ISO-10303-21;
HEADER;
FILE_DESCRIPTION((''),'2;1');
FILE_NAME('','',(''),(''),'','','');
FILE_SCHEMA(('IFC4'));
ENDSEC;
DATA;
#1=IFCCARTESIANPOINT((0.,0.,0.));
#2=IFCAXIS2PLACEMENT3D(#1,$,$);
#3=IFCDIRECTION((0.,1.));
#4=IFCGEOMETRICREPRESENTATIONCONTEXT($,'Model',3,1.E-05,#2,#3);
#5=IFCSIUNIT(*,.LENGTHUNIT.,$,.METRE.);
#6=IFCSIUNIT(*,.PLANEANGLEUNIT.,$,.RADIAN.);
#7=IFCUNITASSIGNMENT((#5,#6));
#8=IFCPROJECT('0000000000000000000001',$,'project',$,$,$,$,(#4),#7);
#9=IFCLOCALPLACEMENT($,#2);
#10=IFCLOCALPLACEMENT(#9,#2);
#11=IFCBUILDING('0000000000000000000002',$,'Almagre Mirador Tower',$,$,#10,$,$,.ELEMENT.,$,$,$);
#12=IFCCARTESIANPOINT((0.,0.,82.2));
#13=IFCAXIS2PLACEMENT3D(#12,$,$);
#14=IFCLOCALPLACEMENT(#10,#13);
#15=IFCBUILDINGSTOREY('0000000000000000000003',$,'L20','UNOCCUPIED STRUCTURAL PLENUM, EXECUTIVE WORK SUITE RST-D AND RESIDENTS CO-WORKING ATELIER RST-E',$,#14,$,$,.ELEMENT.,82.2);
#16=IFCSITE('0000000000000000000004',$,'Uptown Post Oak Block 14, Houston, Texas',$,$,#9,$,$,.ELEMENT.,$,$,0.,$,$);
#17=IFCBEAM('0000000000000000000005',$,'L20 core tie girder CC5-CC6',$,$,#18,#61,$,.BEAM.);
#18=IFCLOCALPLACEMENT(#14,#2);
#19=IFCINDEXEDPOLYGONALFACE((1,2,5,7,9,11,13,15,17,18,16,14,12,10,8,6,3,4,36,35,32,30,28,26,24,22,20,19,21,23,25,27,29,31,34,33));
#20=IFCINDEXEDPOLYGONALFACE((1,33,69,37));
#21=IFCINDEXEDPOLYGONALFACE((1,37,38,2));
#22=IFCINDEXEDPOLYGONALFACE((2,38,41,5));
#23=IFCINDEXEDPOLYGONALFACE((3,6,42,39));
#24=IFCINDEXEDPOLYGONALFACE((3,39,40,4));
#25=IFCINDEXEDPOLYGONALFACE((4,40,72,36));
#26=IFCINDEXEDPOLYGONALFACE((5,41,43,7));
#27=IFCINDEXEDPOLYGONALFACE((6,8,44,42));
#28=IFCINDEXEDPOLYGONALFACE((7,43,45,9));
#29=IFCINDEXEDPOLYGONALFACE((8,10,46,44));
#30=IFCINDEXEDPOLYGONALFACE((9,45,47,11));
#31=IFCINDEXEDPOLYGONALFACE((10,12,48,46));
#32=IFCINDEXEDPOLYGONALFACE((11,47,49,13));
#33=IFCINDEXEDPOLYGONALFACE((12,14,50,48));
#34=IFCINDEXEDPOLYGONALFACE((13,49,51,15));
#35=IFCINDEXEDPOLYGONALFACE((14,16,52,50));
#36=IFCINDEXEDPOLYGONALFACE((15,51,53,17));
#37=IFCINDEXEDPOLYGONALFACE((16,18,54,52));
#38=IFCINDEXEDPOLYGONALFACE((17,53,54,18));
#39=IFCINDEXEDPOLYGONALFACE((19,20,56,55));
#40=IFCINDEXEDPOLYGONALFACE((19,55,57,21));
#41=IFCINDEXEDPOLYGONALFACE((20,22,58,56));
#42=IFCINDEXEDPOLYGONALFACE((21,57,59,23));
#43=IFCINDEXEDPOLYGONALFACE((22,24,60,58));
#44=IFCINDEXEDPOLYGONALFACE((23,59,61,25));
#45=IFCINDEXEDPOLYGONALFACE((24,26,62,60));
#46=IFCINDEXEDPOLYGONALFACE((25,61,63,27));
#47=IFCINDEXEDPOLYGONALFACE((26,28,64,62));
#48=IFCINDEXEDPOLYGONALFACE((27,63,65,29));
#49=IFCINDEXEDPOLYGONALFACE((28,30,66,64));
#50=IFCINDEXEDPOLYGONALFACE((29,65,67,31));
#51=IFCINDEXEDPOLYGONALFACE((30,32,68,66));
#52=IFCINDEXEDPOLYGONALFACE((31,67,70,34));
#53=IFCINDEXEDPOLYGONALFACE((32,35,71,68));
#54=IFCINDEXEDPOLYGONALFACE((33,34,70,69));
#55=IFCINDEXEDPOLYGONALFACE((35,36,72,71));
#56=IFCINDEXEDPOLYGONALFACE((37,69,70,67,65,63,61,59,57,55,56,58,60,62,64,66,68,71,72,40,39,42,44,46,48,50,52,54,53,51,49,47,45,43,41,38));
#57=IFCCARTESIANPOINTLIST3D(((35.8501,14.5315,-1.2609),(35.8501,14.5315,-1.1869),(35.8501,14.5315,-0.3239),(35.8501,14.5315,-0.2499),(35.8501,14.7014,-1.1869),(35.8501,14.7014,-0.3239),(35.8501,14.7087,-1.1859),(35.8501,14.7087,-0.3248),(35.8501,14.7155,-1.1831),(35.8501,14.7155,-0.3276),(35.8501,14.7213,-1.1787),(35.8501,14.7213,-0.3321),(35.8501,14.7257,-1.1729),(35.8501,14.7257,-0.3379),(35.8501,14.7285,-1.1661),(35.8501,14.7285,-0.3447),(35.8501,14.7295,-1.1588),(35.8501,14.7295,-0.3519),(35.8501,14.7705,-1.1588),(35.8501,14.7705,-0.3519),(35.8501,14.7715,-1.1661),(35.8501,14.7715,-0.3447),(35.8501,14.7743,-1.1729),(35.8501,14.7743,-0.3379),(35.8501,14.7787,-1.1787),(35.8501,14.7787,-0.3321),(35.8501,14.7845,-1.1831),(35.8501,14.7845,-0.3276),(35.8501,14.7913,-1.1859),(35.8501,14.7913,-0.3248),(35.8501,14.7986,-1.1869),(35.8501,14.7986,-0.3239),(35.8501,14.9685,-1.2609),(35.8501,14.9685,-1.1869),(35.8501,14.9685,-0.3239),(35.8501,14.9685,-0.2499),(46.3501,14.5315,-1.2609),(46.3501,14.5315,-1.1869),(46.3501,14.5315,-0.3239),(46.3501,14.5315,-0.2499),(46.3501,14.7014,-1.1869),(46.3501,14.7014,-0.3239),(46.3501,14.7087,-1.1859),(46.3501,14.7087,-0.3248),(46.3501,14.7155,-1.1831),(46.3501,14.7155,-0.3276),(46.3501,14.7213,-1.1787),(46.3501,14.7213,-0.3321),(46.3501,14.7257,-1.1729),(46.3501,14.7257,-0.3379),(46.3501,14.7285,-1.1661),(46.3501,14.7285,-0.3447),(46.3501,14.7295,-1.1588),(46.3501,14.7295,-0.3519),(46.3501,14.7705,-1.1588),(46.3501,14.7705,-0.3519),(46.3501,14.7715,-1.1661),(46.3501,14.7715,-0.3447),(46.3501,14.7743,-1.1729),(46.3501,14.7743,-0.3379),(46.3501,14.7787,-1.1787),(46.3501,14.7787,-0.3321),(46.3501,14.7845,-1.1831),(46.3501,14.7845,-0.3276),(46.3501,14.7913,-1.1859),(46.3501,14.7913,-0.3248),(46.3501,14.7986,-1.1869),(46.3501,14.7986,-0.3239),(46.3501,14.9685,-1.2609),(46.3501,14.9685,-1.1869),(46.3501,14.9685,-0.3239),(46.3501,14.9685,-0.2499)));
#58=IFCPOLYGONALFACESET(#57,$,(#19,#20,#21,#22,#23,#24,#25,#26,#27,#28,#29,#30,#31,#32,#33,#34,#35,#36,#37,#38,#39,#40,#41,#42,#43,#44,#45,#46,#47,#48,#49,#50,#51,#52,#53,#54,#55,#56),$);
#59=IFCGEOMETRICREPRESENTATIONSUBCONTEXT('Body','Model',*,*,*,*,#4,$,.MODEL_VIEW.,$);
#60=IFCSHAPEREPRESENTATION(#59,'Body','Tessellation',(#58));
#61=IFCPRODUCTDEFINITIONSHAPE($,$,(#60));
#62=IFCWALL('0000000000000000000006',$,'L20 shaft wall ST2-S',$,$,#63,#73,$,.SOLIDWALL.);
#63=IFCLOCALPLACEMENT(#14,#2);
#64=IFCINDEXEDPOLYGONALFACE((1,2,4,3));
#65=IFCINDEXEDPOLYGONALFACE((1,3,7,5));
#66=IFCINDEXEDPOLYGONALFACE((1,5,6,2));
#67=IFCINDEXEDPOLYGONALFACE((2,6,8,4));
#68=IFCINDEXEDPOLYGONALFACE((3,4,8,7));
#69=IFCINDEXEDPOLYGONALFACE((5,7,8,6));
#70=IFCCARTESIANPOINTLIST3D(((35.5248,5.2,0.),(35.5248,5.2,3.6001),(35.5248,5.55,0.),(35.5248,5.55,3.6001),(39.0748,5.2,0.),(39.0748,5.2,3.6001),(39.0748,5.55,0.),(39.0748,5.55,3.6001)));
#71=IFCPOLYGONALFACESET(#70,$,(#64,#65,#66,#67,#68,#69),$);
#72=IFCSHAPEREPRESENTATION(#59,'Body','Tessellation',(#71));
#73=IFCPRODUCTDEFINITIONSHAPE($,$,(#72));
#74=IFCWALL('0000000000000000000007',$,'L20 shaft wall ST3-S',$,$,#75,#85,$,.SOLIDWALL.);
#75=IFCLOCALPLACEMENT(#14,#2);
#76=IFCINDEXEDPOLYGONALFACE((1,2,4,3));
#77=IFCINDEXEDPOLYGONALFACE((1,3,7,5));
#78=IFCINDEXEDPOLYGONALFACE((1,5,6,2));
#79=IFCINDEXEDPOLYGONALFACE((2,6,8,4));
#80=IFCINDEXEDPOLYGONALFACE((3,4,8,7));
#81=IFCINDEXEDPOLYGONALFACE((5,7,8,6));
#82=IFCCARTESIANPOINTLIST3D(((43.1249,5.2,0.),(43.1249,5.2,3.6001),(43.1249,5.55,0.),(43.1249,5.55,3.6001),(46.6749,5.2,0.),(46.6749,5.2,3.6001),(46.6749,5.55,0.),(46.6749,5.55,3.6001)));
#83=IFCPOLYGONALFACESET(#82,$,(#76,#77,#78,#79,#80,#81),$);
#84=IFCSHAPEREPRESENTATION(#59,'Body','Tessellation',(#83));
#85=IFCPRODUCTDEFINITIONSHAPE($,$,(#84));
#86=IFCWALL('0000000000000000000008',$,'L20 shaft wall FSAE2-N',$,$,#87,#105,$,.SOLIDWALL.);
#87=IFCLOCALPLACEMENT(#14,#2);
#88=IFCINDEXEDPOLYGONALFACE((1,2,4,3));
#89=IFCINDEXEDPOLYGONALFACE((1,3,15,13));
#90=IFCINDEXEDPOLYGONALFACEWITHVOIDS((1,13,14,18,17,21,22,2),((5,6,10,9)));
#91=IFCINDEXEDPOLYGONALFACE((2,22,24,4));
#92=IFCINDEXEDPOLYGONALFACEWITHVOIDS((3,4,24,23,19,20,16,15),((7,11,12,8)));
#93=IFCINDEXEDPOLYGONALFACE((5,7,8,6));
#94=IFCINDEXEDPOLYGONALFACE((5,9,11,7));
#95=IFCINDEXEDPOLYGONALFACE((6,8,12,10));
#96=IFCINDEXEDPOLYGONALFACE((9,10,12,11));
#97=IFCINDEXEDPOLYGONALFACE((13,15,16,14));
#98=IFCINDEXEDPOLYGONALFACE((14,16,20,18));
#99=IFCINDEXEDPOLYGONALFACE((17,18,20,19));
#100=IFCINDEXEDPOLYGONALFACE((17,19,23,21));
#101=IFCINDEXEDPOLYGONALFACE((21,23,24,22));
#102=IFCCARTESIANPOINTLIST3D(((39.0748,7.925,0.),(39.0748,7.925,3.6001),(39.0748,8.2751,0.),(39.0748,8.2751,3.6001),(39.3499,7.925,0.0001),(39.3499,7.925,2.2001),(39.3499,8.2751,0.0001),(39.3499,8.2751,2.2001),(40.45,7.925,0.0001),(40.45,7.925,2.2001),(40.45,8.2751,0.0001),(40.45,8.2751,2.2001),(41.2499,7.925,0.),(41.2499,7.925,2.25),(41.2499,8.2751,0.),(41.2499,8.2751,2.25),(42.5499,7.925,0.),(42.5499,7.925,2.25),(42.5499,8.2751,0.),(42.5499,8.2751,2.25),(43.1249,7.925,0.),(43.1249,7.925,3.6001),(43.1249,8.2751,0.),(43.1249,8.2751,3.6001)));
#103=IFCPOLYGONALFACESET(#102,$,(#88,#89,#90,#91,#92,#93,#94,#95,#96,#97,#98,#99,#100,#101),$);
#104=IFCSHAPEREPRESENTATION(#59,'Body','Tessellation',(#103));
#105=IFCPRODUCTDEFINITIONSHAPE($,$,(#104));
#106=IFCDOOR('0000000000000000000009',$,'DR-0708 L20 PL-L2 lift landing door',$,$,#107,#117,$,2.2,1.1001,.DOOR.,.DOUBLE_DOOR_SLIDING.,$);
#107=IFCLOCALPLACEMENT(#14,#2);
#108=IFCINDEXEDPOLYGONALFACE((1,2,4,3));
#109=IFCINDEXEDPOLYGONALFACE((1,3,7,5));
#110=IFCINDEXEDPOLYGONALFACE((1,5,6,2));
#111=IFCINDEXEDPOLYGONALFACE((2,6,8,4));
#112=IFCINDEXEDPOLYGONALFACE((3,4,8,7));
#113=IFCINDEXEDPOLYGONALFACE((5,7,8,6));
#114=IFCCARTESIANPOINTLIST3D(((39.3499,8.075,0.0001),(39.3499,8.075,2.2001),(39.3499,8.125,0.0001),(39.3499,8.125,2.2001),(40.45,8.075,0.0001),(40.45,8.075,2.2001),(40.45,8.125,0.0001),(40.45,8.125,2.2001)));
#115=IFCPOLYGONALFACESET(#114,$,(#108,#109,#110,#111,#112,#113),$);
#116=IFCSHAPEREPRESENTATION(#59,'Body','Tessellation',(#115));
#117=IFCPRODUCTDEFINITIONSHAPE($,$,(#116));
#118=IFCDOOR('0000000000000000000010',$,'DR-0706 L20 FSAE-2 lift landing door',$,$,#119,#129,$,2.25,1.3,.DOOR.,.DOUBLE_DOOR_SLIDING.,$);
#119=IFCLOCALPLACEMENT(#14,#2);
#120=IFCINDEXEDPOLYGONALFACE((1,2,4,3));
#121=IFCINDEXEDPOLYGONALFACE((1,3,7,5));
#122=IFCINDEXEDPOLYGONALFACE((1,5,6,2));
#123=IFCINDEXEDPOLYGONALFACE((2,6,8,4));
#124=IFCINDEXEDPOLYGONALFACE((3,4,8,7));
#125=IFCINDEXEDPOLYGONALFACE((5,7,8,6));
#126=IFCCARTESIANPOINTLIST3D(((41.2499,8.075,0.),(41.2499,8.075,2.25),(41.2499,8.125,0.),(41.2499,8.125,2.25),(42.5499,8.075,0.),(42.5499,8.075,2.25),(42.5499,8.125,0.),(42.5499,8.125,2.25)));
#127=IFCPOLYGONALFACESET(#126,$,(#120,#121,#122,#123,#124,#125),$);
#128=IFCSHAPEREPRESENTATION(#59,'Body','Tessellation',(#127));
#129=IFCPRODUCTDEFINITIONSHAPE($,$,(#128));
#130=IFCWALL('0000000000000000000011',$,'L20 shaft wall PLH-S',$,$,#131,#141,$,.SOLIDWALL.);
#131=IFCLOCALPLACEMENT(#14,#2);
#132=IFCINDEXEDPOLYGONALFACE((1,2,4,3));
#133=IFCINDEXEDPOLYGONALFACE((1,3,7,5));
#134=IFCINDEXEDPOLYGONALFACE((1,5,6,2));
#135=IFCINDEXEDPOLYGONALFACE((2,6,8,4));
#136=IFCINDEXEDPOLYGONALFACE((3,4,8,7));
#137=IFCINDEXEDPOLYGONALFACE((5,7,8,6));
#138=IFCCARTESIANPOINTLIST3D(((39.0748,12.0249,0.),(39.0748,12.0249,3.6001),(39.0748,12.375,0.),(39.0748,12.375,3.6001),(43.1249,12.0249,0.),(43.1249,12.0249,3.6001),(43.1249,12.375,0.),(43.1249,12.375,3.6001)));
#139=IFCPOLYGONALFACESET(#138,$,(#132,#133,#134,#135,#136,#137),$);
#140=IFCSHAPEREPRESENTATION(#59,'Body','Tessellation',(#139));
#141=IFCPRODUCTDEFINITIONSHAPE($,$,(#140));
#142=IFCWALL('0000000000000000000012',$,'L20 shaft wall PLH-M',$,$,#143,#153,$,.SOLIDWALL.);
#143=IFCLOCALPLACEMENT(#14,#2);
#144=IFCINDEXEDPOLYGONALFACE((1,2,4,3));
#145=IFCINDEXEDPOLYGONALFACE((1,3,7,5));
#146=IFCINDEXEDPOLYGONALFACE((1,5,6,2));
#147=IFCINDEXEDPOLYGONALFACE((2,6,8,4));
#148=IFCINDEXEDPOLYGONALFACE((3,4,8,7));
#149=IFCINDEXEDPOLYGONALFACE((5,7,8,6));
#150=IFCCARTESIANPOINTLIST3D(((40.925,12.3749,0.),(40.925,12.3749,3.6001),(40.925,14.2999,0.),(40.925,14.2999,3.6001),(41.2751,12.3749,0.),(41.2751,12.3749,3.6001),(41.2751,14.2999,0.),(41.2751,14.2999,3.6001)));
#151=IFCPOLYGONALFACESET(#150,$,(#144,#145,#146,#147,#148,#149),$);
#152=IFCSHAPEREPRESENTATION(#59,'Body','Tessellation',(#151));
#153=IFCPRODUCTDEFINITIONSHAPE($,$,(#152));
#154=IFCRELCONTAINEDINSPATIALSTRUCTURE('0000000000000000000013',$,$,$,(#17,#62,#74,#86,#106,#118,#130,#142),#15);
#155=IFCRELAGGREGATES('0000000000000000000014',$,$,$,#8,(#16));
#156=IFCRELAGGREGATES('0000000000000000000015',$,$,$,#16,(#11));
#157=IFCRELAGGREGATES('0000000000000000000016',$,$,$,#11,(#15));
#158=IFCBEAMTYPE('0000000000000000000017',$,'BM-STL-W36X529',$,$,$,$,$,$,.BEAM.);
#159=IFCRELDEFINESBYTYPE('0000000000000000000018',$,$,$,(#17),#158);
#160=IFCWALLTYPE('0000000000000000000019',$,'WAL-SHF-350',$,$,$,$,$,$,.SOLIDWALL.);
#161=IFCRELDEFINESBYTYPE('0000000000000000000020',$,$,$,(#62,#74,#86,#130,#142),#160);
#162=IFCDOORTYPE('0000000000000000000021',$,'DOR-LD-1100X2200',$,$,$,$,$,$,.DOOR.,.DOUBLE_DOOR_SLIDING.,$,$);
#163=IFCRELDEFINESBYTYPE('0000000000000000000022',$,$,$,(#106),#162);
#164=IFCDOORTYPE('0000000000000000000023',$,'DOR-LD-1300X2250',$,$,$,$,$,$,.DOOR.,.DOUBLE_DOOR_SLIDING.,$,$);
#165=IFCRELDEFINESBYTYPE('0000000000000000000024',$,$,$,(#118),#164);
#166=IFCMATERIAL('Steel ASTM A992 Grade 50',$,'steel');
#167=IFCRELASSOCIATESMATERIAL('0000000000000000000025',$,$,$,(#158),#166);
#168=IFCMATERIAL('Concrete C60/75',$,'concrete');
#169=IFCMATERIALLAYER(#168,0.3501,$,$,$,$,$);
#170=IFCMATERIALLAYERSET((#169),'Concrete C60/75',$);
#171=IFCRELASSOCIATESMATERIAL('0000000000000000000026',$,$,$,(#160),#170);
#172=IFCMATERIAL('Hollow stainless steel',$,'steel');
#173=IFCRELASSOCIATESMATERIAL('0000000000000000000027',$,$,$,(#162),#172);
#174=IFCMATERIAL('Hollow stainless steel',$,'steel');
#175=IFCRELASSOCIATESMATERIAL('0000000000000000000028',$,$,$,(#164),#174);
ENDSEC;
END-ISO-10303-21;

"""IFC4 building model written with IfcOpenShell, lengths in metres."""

from ifc_helpers import new_model, si_unit, direction, frame, frame_2d, origin, origin_2d, place, context, subcontext, project, spatial, rectangle, i_section, extrude, material, layer, layer_set, material_profile, profile_set, type_object, element, fill, save


model = new_model("IFC4")

# Units and contexts
model_context = context("Model", 3, precision=1e-05, world=origin(), true_north=direction((0.0, 1.0)))
body_context = subcontext(model_context, "Body", "Model", "MODEL_VIEW")
ifc_project = project(units=[si_unit("LENGTHUNIT", "METRE"), si_unit("PLANEANGLEUNIT", "RADIAN")], contexts=[model_context])

# Site, building, storey
site_placement = place(None, origin())
site = spatial("IfcSite", under=ifc_project, at=site_placement, Name="Uptown Post Oak Block 14, Houston, Texas", CompositionType="ELEMENT", RefElevation=0.0)
building_placement = place(site_placement, origin())
building = spatial("IfcBuilding", under=site, at=building_placement, Name="Almagre Mirador Tower", CompositionType="ELEMENT")
storey_placement = place(building_placement, frame((0.0, 0.0, 82.2)))
storey = spatial("IfcBuildingStorey", under=building, at=storey_placement, Name="L20", Description="UNOCCUPIED STRUCTURAL PLENUM, EXECUTIVE WORK SUITE RST-D AND RESIDENTS CO-WORKING ATELIER RST-E", CompositionType="ELEMENT", Elevation=82.2)

# Beam
ifc_material_1 = material(Name="Steel ASTM A992 Grade 50", Category="steel")
ifc_material_profile = material_profile(ifc_material_1, i_section(OverallWidth=0.437, OverallDepth=1.011, WebThickness=0.041, FlangeThickness=0.074, FilletRadius=0.0281, at=origin_2d()), Name="W36X529")
ifc_profile_set = profile_set([ifc_material_profile], Name="Steel ASTM A992 Grade 50")
beam_type = type_object("IfcBeamType", Name="BM-STL-W36X529", PredefinedType="BEAM", material=ifc_profile_set)
beam_placement = place(storey_placement, frame((35.8501, 14.75, -0.7554), z_axis=(1.0, 0.0, 0.0), x_axis=(0.0, 1.0, 0.0)))
element("IfcBeam", 1, at=beam_placement, inside=storey, type_object=beam_type, Name="L20 core tie girder CC5-CC6", PredefinedType="BEAM", context=body_context, shape_type="SweptSolid", body=[
    extrude(i_section(OverallWidth=0.437, OverallDepth=1.011, WebThickness=0.041, FlangeThickness=0.074, FilletRadius=0.0281, at=origin_2d()), origin(), (0.0, 0.0, 1.0), 10.5),
])

# Walls
ifc_material_2 = material(Name="Concrete C60/75", Category="concrete")
ifc_layer_1 = layer(ifc_material_2, 0.3501)
ifc_layer_set_1 = layer_set([ifc_layer_1], Name="Concrete C60/75")
wall_type_1 = type_object("IfcWallType", Name="WAL-SHF-350", PredefinedType="SOLIDWALL", material=ifc_layer_set_1)
for number, where, z_axis, x_axis, name in (
    (2, (35.5249, 5.375, 0.0), (0.0, 0.0, 1.0), (1.0, 0.0, 0.0), "L20 shaft wall ST2-S"),
    (3, (43.125, 5.375, 0.0), (0.0, 0.0, 1.0), (1.0, 0.0, 0.0), "L20 shaft wall ST3-S"),
):
    element("IfcWall", number, at=place(storey_placement, frame(where, z_axis=z_axis, x_axis=x_axis)), inside=storey, type_object=wall_type_1, Name=name, PredefinedType="SOLIDWALL", context=body_context, shape_type="SweptSolid", body=[
        extrude(rectangle(XDim=3.55, YDim=0.3501, at=frame_2d((1.7749, 0.0))), origin(), (0.0, 0.0, 1.0), 3.6001),
    ])

# Wall, openings, doors
wall_1_placement = place(storey_placement, frame((39.075, 8.1001, 0.0), z_axis=(0.0, 0.0, 1.0), x_axis=(1.0, 0.0, 0.0)))
wall_1 = element("IfcWall", 4, at=wall_1_placement, inside=storey, type_object=wall_type_1, Name="L20 shaft wall FSAE2-N", PredefinedType="SOLIDWALL", context=body_context, shape_type="SweptSolid", body=[
    extrude(rectangle(XDim=4.05, YDim=0.3501, at=frame_2d((2.0249, 0.0))), origin(), (0.0, 0.0, 1.0), 3.6001),
])
opening_1_placement = place(wall_1_placement, frame((2.175, 0.0, 0.0)))
opening_1 = element("IfcOpeningElement", 5, at=opening_1_placement, cuts=wall_1, PredefinedType="OPENING", context=body_context, shape_type="SweptSolid", body=[
    extrude(rectangle(XDim=1.3, YDim=2.25, at=frame_2d((0.6499, 1.125))), frame((0.0, 0.185, 0.0), z_axis=(0.0, -1.0, 0.0), x_axis=(1.0, 0.0, 0.0)), (0.0, 0.0, 1.0), 0.3701),
])
opening_2_placement = place(wall_1_placement, frame((0.2749, 0.0, 0.0)))
opening_2 = element("IfcOpeningElement", 6, at=opening_2_placement, cuts=wall_1, PredefinedType="OPENING", context=body_context, shape_type="SweptSolid", body=[
    extrude(rectangle(XDim=1.1001, YDim=2.2, at=frame_2d((0.55, 1.1001))), frame((0.0, 0.185, 0.0), z_axis=(0.0, -1.0, 0.0), x_axis=(1.0, 0.0, 0.0)), (0.0, 0.0, 1.0), 0.3701),
])
ifc_material_3 = material(Name="Hollow stainless steel", Category="steel")
door_type_1 = type_object("IfcDoorType", Name="DOR-LD-1100X2200", OperationType="DOUBLE_DOOR_SLIDING", PredefinedType="DOOR", material=ifc_material_3)
door_1_placement = place(opening_2_placement, origin())
door_1 = element("IfcDoor", 7, at=door_1_placement, inside=storey, type_object=door_type_1, Name="DR-0708 L20 PL-L2 lift landing door", OperationType="DOUBLE_DOOR_SLIDING", OverallHeight=2.2, OverallWidth=1.1001, PredefinedType="DOOR", context=body_context, shape_type="SweptSolid", body=[
    extrude(rectangle(XDim=1.1001, YDim=2.2, at=frame_2d((0.55, 1.1001))), frame((0.0, 0.0249, 0.0), z_axis=(0.0, -1.0, 0.0), x_axis=(1.0, 0.0, 0.0)), (0.0, 0.0, 1.0), 0.05),
])
fill(opening_2, door_1)
ifc_material_4 = material(Name="Hollow stainless steel", Category="steel")
door_type_2 = type_object("IfcDoorType", Name="DOR-LD-1300X2250", OperationType="DOUBLE_DOOR_SLIDING", PredefinedType="DOOR", material=ifc_material_4)
door_2_placement = place(opening_1_placement, origin())
door_2 = element("IfcDoor", 8, at=door_2_placement, inside=storey, type_object=door_type_2, Name="DR-0706 L20 FSAE-2 lift landing door", OperationType="DOUBLE_DOOR_SLIDING", OverallHeight=2.25, OverallWidth=1.3, PredefinedType="DOOR", context=body_context, shape_type="SweptSolid", body=[
    extrude(rectangle(XDim=1.3, YDim=2.25, at=frame_2d((0.6499, 1.125))), frame((0.0, 0.0249, 0.0), z_axis=(0.0, -1.0, 0.0), x_axis=(1.0, 0.0, 0.0)), (0.0, 0.0, 1.0), 0.05),
])
fill(opening_1, door_2)

# Walls
wall_2_placement = place(storey_placement, frame((39.075, 12.2, 0.0), z_axis=(0.0, 0.0, 1.0), x_axis=(1.0, 0.0, 0.0)))
element("IfcWall", 9, at=wall_2_placement, inside=storey, type_object=wall_type_1, Name="L20 shaft wall PLH-S", PredefinedType="SOLIDWALL", context=body_context, shape_type="SweptSolid", body=[
    extrude(rectangle(XDim=4.05, YDim=0.3501, at=frame_2d((2.0249, 0.0))), origin(), (0.0, 0.0, 1.0), 3.6001),
])
wall_3_placement = place(storey_placement, frame((41.1001, 12.375, 0.0), z_axis=(0.0, 0.0, 1.0), x_axis=(0.0, 1.0, 0.0)))
element("IfcWall", 10, at=wall_3_placement, inside=storey, type_object=wall_type_1, Name="L20 shaft wall PLH-M", PredefinedType="SOLIDWALL", context=body_context, shape_type="SweptSolid", body=[
    extrude(rectangle(XDim=1.925, YDim=0.3501, at=frame_2d((0.9624, 0.0))), origin(), (0.0, 0.0, 1.0), 3.6001),
])

save(model, "model.ifc")
